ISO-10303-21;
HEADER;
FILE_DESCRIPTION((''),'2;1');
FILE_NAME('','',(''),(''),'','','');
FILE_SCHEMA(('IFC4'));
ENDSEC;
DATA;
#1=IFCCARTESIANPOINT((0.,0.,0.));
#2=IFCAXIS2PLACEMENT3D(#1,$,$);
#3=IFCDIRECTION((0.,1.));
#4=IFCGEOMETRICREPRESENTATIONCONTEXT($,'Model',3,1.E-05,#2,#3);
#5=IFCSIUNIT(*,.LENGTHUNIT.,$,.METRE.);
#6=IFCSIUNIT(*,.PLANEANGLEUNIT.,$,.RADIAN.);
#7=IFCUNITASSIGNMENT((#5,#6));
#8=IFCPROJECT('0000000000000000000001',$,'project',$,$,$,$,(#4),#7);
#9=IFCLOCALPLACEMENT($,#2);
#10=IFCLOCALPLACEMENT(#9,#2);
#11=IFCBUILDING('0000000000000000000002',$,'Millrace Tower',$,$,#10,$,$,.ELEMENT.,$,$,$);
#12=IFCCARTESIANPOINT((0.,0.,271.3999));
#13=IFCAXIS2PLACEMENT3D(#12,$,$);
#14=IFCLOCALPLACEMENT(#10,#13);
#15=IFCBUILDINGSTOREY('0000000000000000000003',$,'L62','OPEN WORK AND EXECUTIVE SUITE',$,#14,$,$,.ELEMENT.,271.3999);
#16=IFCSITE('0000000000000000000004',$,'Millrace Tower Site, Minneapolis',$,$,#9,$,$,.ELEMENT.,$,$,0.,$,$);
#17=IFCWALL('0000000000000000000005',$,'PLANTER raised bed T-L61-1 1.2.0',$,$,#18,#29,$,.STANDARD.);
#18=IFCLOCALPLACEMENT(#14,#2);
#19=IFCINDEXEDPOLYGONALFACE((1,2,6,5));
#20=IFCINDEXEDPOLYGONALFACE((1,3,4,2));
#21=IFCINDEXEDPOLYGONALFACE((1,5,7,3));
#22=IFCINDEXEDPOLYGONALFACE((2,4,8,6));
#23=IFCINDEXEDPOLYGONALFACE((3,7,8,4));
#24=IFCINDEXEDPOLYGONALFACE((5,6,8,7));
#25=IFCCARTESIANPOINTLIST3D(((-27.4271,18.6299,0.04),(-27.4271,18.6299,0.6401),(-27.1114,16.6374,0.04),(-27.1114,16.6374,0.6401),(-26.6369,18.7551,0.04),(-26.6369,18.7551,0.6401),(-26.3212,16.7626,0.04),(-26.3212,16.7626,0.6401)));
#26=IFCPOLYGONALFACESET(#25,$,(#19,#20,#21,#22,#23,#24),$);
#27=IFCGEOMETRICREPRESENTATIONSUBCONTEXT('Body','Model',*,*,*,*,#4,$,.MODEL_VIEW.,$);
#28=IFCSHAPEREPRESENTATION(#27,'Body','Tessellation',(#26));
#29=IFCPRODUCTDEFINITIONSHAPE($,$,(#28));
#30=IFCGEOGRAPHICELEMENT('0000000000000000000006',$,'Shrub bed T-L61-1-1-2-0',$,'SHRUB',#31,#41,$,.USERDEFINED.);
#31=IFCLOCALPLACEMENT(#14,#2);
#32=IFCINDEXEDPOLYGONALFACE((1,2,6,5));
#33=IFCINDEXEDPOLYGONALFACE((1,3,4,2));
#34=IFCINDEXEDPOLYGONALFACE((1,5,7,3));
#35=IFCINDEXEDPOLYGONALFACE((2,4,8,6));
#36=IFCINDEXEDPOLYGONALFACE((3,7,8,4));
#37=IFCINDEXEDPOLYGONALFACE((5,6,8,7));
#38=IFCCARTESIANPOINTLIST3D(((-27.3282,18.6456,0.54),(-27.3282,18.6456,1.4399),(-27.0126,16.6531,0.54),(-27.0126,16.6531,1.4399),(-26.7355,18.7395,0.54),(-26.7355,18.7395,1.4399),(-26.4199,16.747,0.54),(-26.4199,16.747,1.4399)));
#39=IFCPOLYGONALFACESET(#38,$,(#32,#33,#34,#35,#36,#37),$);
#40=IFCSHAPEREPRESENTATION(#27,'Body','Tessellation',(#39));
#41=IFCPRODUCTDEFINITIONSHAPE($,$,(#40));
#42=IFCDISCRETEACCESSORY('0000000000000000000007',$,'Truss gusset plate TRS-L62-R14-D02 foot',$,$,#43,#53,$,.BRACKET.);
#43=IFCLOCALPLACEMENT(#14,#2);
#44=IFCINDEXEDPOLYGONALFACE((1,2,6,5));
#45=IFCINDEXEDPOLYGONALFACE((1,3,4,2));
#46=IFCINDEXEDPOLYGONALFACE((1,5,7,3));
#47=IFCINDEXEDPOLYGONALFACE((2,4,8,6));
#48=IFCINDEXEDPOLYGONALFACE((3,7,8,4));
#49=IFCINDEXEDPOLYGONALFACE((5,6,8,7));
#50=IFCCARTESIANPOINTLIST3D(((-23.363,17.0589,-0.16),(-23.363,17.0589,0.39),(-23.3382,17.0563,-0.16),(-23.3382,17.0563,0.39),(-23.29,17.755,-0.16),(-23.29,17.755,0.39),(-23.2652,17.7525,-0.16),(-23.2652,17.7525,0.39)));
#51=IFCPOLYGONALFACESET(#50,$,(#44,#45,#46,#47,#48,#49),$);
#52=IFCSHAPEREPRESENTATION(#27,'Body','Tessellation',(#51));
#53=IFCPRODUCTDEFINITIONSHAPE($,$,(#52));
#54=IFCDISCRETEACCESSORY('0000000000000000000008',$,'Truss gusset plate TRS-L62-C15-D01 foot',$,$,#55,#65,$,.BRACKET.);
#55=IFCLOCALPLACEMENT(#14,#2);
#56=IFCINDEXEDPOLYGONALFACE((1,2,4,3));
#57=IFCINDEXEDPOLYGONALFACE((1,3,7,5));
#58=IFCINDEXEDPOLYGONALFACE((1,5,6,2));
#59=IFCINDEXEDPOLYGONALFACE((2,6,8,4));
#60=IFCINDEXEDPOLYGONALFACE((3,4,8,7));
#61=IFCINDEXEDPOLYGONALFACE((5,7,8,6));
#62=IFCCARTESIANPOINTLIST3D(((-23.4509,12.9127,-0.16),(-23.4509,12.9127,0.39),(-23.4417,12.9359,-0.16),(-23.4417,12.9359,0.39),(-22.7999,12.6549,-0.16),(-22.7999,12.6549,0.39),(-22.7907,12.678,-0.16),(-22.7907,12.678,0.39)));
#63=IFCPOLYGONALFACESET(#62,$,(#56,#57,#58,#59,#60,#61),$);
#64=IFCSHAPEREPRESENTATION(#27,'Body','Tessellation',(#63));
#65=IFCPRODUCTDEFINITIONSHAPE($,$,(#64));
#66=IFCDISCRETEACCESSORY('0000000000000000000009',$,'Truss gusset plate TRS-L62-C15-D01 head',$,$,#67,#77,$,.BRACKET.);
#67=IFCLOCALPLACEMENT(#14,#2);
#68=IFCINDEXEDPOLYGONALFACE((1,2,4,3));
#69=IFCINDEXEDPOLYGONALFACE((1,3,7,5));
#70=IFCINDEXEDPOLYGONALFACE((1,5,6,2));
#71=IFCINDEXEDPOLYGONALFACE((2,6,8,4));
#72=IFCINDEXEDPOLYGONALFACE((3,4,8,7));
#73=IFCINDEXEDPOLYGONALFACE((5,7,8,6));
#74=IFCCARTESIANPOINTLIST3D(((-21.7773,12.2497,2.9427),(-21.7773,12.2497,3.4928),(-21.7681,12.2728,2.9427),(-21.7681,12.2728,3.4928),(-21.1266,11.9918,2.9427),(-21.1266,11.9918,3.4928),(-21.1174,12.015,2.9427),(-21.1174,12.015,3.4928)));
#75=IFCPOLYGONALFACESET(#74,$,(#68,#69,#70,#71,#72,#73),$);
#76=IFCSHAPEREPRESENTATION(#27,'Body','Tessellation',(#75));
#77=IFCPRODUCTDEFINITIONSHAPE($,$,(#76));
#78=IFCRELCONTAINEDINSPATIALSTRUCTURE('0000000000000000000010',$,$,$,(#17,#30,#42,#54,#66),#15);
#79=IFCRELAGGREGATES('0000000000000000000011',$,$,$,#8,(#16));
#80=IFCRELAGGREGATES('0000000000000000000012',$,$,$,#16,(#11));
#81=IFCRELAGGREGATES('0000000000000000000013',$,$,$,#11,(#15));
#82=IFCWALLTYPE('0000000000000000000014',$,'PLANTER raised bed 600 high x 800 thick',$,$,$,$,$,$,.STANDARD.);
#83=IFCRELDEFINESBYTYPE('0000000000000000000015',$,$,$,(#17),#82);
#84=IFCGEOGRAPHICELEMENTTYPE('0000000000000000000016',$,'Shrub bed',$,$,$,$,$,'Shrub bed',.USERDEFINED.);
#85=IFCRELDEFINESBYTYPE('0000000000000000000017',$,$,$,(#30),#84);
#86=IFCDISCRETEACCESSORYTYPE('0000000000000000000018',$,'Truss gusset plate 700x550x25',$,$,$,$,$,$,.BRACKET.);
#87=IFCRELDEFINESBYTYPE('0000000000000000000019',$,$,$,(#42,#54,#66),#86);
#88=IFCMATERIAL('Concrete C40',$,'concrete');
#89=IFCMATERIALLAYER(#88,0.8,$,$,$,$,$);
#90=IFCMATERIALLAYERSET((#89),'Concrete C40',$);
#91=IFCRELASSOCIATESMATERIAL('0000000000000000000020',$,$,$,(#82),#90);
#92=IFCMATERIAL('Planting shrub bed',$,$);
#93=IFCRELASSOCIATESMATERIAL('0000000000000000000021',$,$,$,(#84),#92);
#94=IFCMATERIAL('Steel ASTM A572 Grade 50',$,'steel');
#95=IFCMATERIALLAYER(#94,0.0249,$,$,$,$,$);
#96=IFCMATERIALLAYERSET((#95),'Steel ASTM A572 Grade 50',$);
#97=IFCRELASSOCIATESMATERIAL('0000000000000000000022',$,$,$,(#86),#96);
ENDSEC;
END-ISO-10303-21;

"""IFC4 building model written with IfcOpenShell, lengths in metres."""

from ifc_helpers import new_model, si_unit, direction, frame, frame_2d, origin, origin_2d, place, context, subcontext, project, spatial, rectangle, extrude, material, layer, layer_set, type_object, element, save


model = new_model("IFC4")

# Units and contexts
model_context = context("Model", 3, precision=1e-05, world=origin(), true_north=direction((0.0, 1.0)))
body_context = subcontext(model_context, "Body", "Model", "MODEL_VIEW")
ifc_project = project(units=[si_unit("LENGTHUNIT", "METRE"), si_unit("PLANEANGLEUNIT", "RADIAN")], contexts=[model_context])

# Site, building, storey
site_placement = place(None, origin())
site = spatial("IfcSite", under=ifc_project, at=site_placement, Name="Millrace Tower Site, Minneapolis", CompositionType="ELEMENT", RefElevation=0.0)
building_placement = place(site_placement, origin())
building = spatial("IfcBuilding", under=site, at=building_placement, Name="Millrace Tower", CompositionType="ELEMENT")
storey_placement = place(building_placement, frame((0.0, 0.0, 271.3999)))
storey = spatial("IfcBuildingStorey", under=building, at=storey_placement, Name="L62", Description="OPEN WORK AND EXECUTIVE SUITE", CompositionType="ELEMENT", Elevation=271.3999)

# Wall
ifc_material_1 = material(Name="Concrete C40", Category="concrete")
ifc_layer_1 = layer(ifc_material_1, 0.8)
ifc_layer_set_1 = layer_set([ifc_layer_1], Name="Concrete C40")
wall_type_1 = type_object("IfcWallType", Name="PLANTER raised bed 600 high x 800 thick", PredefinedType="STANDARD", material=ifc_layer_set_1)
wall_1_placement = place(storey_placement, frame((-27.032, 18.6926, 0.04), z_axis=(0.0, 0.0, 1.0), x_axis=(0.156485, -0.98768, 0.0)))
element("IfcWall", 1, at=wall_1_placement, inside=storey, type_object=wall_type_1, Name="PLANTER raised bed T-L61-1 1.2.0", PredefinedType="STANDARD", context=body_context, shape_type="SweptSolid", body=[
    extrude(rectangle(XDim=2.0173, YDim=0.8, at=frame_2d((1.0088, 0.0))), origin(), (0.0, 0.0, 1.0), 0.6001),
])

# Geographic element
ifc_material_2 = material(Name="Planting shrub bed")
geographic_element_type = type_object("IfcGeographicElementType", Name="Shrub bed", ElementType="Shrub bed", PredefinedType="USERDEFINED", material=ifc_material_2)
geographic_element_placement = place(storey_placement, frame((-26.874, 17.6963, 0.54), z_axis=(0.0, 0.0, 1.0), x_axis=(0.156434, -0.987688, 0.0)))
element("IfcGeographicElement", 2, at=geographic_element_placement, inside=storey, type_object=geographic_element_type, Name="Shrub bed T-L61-1-1-2-0", ObjectType="SHRUB", PredefinedType="USERDEFINED", context=body_context, shape_type="SweptSolid", body=[
    extrude(rectangle(XDim=2.0173, YDim=0.6001, at=origin_2d()), origin(), (0.0, 0.0, 1.0), 0.8999),
])

# Discrete accessories
ifc_material_3 = material(Name="Steel ASTM A572 Grade 50", Category="steel")
ifc_layer_2 = layer(ifc_material_3, 0.0249)
ifc_layer_set_2 = layer_set([ifc_layer_2], Name="Steel ASTM A572 Grade 50")
discrete_accessory_type = type_object("IfcDiscreteAccessoryType", Name="Truss gusset plate 700x550x25", PredefinedType="BRACKET", material=ifc_layer_set_2)
discrete_accessory_1_placement = place(storey_placement, frame((-23.3506, 17.0576, 0.115), z_axis=(0.104303, 0.994546, 0.0), x_axis=(-0.994546, 0.104303, 0.0)))
element("IfcDiscreteAccessory", 3, at=discrete_accessory_1_placement, inside=storey, type_object=discrete_accessory_type, Name="Truss gusset plate TRS-L62-R14-D02 foot", PredefinedType="BRACKET", context=body_context, shape_type="SweptSolid", body=[
    extrude(rectangle(XDim=0.0249, YDim=0.55, at=origin_2d()), origin(), (0.0, 0.0, 1.0), 0.7),
])
discrete_accessory_2_placement = place(storey_placement, frame((-23.4463, 12.9243, 0.115), z_axis=(0.929722, -0.368262, 0.0), x_axis=(0.368262, 0.929722, 0.0)))
element("IfcDiscreteAccessory", 4, at=discrete_accessory_2_placement, inside=storey, type_object=discrete_accessory_type, Name="Truss gusset plate TRS-L62-C15-D01 foot", PredefinedType="BRACKET", context=body_context, shape_type="SweptSolid", body=[
    extrude(rectangle(XDim=0.0249, YDim=0.55, at=origin_2d()), origin(), (0.0, 0.0, 1.0), 0.7002),
])
discrete_accessory_3_placement = place(storey_placement, frame((-21.7727, 12.2612, 3.2178), z_axis=(0.929675, -0.368381, 0.0), x_axis=(0.368381, 0.929675, 0.0)))
element("IfcDiscreteAccessory", 5, at=discrete_accessory_3_placement, inside=storey, type_object=discrete_accessory_type, Name="Truss gusset plate TRS-L62-C15-D01 head", PredefinedType="BRACKET", context=body_context, shape_type="SweptSolid", body=[
    extrude(rectangle(XDim=0.0249, YDim=0.55, at=origin_2d()), origin(), (0.0, 0.0, 1.0), 0.7),
])

save(model, "model.ifc")
